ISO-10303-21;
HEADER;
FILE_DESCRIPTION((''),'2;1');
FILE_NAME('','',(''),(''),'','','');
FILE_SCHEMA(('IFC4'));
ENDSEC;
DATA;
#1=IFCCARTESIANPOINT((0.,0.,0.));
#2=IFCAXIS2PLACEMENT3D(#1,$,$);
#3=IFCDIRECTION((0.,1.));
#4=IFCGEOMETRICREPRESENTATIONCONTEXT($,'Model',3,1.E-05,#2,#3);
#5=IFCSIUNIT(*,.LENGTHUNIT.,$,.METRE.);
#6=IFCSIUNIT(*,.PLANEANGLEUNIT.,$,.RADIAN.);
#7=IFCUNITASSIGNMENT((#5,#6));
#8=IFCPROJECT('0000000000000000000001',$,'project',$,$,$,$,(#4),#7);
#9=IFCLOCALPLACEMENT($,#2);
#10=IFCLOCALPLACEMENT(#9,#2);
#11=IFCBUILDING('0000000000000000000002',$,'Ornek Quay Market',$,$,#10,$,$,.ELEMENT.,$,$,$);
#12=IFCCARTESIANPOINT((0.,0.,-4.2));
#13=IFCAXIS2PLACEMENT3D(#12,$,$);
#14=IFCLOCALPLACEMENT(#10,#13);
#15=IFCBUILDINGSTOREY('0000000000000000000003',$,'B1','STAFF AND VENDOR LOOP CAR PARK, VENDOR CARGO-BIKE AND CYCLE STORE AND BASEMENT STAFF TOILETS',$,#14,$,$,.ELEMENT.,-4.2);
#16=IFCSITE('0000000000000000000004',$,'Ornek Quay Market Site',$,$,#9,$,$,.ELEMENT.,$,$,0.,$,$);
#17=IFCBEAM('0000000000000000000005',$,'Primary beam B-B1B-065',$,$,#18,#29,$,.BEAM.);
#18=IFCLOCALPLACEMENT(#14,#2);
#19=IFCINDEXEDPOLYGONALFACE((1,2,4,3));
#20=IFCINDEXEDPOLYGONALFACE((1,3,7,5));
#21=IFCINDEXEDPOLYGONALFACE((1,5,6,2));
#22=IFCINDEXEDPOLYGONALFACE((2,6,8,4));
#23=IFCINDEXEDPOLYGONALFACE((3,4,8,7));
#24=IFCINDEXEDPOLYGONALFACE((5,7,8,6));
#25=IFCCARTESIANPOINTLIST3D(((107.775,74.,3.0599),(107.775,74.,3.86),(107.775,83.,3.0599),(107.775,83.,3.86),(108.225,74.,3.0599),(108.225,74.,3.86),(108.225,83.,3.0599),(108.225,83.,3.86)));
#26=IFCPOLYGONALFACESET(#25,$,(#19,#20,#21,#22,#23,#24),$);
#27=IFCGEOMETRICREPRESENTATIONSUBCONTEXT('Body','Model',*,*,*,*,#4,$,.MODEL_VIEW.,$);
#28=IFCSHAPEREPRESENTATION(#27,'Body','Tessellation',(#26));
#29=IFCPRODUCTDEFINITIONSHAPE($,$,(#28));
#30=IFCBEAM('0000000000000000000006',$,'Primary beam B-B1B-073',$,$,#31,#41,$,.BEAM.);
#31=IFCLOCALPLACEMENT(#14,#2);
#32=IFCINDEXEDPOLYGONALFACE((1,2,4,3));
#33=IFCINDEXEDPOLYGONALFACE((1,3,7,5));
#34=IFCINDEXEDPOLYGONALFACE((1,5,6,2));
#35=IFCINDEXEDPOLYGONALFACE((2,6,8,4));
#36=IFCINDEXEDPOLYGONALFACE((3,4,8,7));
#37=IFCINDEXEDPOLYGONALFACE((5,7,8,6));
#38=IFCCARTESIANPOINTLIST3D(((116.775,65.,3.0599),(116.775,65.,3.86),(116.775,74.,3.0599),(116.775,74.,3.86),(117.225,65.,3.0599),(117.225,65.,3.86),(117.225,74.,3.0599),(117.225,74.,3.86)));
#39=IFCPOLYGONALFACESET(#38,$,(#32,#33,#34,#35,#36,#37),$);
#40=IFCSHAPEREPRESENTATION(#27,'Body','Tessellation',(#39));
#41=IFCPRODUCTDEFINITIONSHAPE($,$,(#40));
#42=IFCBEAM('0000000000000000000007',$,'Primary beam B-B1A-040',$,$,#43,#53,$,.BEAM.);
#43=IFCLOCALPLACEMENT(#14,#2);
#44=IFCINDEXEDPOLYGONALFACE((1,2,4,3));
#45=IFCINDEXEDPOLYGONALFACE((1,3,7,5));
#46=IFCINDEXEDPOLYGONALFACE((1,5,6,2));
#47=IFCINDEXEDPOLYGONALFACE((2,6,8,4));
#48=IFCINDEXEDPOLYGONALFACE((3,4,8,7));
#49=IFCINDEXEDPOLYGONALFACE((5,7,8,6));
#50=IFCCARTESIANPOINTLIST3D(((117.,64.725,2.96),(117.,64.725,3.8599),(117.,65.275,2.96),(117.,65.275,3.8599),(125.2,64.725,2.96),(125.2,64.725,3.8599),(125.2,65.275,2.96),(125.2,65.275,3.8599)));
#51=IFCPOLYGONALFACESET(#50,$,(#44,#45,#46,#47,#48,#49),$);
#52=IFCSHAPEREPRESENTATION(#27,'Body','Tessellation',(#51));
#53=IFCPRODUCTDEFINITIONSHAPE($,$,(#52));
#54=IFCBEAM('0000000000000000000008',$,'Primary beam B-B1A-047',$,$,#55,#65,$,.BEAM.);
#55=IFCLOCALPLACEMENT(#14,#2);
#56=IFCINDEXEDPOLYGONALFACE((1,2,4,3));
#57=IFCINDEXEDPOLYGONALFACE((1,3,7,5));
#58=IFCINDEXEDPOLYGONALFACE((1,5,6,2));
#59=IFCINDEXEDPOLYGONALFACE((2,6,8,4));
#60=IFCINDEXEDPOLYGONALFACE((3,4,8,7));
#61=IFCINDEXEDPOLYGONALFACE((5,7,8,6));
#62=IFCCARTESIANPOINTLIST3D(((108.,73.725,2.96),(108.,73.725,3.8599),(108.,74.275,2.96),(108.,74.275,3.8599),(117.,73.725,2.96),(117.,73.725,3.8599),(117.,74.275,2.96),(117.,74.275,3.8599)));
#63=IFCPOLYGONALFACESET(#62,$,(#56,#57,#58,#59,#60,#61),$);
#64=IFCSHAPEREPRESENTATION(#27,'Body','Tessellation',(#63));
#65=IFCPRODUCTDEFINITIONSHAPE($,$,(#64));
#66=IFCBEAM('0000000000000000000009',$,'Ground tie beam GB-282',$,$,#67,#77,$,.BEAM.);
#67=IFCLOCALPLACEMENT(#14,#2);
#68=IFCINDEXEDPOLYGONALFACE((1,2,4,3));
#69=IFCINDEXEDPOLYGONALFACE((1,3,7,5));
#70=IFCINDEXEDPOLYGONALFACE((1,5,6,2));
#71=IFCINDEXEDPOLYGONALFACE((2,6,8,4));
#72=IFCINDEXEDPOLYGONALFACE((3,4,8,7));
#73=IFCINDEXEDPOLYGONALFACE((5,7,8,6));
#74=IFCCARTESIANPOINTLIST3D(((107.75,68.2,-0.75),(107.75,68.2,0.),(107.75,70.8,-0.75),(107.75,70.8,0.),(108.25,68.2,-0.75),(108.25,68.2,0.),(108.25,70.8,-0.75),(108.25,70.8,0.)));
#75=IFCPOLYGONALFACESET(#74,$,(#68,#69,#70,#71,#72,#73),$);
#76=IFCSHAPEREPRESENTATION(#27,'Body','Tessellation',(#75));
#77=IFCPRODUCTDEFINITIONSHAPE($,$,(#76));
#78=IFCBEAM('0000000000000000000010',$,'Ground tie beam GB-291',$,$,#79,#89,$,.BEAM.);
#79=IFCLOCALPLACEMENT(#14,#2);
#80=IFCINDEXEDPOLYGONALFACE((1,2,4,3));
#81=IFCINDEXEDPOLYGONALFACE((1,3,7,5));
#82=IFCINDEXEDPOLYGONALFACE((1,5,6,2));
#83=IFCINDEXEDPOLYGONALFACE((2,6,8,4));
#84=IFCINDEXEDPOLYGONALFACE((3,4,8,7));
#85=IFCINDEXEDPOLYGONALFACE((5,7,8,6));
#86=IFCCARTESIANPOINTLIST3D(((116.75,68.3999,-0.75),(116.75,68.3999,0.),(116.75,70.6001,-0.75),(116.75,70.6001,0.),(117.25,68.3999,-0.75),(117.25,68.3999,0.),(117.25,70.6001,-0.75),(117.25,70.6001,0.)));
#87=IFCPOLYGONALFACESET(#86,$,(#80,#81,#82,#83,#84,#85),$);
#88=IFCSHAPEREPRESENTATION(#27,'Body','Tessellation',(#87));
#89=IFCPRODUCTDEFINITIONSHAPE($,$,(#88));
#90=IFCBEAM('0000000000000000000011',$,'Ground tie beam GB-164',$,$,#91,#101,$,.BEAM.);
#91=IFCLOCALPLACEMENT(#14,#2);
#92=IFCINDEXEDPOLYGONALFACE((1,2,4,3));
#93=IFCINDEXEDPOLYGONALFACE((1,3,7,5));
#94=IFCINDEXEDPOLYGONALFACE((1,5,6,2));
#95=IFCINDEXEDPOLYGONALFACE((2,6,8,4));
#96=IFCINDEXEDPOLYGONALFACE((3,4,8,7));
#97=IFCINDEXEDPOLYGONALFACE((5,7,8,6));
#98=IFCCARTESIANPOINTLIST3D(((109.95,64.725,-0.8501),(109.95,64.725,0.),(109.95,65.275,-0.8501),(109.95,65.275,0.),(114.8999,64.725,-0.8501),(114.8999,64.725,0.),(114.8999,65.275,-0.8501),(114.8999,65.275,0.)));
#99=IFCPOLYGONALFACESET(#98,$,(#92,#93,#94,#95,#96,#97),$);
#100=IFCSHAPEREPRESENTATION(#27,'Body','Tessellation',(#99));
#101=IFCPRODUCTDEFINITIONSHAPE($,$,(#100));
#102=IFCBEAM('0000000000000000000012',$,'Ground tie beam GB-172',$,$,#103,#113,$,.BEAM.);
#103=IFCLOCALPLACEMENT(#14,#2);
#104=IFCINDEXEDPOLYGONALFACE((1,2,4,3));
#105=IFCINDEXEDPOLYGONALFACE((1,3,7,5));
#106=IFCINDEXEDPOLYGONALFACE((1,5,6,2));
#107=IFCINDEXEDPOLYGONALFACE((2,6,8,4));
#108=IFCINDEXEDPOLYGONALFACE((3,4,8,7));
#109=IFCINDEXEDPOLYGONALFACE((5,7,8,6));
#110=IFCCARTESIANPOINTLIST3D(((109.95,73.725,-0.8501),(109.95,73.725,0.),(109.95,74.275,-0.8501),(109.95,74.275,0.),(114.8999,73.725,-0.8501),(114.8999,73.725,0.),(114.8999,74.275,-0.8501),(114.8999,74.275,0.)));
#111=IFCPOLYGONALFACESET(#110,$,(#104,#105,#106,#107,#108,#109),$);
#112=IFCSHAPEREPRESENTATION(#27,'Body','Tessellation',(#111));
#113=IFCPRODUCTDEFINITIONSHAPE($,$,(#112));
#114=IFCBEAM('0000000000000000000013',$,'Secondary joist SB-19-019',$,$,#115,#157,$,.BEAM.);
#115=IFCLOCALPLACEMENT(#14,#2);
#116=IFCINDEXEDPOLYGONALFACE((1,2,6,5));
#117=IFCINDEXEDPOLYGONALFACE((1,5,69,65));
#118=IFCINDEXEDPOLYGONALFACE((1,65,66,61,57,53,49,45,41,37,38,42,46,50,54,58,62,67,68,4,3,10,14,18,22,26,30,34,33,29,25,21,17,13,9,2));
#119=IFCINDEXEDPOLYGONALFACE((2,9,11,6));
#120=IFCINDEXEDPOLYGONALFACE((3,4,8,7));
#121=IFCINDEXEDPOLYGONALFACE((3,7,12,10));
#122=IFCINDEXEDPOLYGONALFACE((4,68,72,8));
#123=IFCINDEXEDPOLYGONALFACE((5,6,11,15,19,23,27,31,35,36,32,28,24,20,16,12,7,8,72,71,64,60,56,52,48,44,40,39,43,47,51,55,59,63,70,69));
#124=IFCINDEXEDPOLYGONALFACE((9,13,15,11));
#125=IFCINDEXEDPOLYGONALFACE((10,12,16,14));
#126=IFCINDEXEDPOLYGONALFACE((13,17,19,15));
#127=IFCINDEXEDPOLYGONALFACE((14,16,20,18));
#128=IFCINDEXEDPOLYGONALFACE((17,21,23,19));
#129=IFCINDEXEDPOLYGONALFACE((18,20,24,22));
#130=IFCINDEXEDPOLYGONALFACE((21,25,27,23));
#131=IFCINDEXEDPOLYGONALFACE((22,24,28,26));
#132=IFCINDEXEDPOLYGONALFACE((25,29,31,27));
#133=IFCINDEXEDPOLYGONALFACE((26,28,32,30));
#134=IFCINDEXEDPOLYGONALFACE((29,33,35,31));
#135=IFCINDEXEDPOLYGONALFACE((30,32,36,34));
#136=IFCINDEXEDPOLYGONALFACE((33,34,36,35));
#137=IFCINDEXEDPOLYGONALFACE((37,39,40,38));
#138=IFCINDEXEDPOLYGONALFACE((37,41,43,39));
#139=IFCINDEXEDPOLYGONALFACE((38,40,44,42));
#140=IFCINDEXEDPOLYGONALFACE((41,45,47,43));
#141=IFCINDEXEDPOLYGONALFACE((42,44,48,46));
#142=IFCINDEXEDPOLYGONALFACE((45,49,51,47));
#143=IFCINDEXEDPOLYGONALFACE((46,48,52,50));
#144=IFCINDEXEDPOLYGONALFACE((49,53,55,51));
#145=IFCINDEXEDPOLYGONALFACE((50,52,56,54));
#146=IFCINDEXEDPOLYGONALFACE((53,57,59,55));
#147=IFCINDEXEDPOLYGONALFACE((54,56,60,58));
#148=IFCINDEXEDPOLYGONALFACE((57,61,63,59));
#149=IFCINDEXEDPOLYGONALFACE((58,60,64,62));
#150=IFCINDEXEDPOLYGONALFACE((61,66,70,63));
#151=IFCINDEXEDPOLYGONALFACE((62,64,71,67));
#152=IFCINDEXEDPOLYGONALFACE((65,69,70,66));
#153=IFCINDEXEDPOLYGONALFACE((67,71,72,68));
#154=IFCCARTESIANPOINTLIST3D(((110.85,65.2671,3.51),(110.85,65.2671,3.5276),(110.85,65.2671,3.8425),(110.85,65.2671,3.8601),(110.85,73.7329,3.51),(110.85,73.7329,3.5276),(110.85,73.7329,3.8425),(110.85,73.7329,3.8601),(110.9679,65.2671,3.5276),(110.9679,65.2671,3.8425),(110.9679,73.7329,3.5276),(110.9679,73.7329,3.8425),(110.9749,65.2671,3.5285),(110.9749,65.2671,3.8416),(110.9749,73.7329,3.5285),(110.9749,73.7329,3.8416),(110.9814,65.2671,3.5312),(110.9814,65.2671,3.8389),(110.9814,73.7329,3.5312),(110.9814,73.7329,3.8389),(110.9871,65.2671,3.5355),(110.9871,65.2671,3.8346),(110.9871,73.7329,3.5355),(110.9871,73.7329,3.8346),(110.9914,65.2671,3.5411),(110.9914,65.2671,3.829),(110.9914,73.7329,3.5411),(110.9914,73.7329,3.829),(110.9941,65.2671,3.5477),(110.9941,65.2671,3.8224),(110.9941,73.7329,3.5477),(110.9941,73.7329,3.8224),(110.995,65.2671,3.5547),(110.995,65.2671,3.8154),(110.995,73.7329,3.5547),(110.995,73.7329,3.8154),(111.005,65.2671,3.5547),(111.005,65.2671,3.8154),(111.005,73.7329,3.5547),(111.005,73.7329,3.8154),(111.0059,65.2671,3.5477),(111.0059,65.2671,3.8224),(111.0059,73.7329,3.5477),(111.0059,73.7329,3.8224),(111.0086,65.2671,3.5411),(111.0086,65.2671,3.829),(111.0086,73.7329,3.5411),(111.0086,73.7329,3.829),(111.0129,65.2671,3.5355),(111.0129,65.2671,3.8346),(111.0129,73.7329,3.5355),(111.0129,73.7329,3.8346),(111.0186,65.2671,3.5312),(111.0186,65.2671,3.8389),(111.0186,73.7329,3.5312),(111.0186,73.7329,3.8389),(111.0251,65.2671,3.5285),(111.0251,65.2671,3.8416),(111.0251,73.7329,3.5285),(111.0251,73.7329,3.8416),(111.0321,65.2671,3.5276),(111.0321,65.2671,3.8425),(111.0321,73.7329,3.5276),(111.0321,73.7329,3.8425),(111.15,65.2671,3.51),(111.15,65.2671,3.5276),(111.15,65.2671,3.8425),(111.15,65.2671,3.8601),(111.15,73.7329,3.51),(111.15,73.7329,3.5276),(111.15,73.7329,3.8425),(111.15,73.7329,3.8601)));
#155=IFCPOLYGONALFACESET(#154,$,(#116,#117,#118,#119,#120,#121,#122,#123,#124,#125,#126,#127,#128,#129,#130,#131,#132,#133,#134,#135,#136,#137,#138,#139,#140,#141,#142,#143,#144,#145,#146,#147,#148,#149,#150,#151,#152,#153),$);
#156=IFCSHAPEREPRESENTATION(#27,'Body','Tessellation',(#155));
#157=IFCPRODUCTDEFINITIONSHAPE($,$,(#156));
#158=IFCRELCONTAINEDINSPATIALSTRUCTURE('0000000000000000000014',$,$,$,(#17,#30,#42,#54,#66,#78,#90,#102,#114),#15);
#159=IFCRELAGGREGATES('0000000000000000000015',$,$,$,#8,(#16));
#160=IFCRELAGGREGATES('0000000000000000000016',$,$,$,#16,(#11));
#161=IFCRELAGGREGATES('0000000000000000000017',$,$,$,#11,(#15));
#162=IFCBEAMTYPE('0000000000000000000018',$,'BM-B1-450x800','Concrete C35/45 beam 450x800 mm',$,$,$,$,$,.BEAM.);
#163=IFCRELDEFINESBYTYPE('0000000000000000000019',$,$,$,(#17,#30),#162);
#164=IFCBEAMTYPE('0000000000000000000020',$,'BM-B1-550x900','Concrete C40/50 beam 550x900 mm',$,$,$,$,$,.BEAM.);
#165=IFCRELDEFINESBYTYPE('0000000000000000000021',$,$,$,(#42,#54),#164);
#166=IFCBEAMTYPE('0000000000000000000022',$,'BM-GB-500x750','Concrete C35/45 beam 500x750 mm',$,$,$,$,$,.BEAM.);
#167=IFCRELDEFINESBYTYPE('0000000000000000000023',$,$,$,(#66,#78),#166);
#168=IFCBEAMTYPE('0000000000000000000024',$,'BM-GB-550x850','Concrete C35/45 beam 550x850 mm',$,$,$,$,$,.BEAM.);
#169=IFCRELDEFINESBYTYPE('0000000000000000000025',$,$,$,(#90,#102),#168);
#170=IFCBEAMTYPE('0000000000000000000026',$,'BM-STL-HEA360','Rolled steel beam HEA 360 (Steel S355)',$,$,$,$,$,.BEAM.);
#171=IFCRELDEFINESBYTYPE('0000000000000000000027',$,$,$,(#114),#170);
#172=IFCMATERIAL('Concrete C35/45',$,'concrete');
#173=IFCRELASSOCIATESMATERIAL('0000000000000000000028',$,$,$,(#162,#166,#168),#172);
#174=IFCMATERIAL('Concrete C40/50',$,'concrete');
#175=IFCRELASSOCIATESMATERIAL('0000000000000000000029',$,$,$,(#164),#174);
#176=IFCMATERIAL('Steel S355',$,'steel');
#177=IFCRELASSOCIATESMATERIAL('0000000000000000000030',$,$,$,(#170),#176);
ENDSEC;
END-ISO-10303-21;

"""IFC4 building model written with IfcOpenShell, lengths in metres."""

from ifc_helpers import new_model, si_unit, direction, frame, origin, origin_2d, place, context, subcontext, project, spatial, rectangle, i_section, extrude, material, material_profile, profile_set, type_object, element, save


model = new_model("IFC4")

# Units and contexts
model_context = context("Model", 3, precision=1e-05, world=origin(), true_north=direction((0.0, 1.0)))
body_context = subcontext(model_context, "Body", "Model", "MODEL_VIEW")
ifc_project = project(units=[si_unit("LENGTHUNIT", "METRE"), si_unit("PLANEANGLEUNIT", "RADIAN")], contexts=[model_context])

# Site, building, storey
site_placement = place(None, origin())
site = spatial("IfcSite", under=ifc_project, at=site_placement, Name="Ornek Quay Market Site", CompositionType="ELEMENT", RefElevation=0.0)
building_placement = place(site_placement, origin())
building = spatial("IfcBuilding", under=site, at=building_placement, Name="Ornek Quay Market", CompositionType="ELEMENT")
storey_placement = place(building_placement, frame((0.0, 0.0, -4.2)))
storey = spatial("IfcBuildingStorey", under=building, at=storey_placement, Name="B1", Description="STAFF AND VENDOR LOOP CAR PARK, VENDOR CARGO-BIKE AND CYCLE STORE AND BASEMENT STAFF TOILETS", CompositionType="ELEMENT", Elevation=-4.2)

# Shared definitions
ifc_material_1 = material(Name="Concrete C35/45", Category="concrete")

# Shared definitions
ifc_material_2 = material(Name="Concrete C40/50", Category="concrete")

# Beams
ifc_material_profile_1 = material_profile(ifc_material_1, rectangle(XDim=0.45, YDim=0.8, at=origin_2d()), Name="RC 450x800", Category="concrete")
ifc_profile_set_1 = profile_set([ifc_material_profile_1], Name="Concrete C35/45")
beam_type_1 = type_object("IfcBeamType", Name="BM-B1-450x800", Description="Concrete C35/45 beam 450x800 mm", PredefinedType="BEAM", material=ifc_profile_set_1)
for number, where, z_axis, x_axis, name in (
    (1, (108.0, 74.0, 3.46), (0.0, 1.0, 0.0), (-1.0, 0.0, 0.0), "Primary beam B-B1B-065"),
    (2, (117.0, 65.0, 3.46), (0.0, 1.0, 0.0), (-1.0, 0.0, 0.0), "Primary beam B-B1B-073"),
):
    element("IfcBeam", number, at=place(storey_placement, frame(where, z_axis=z_axis, x_axis=x_axis)), inside=storey, type_object=beam_type_1, Name=name, PredefinedType="BEAM", context=body_context, shape_type="SweptSolid", body=[
        extrude(rectangle(XDim=0.45, YDim=0.8, at=origin_2d()), origin(), (0.0, 0.0, 1.0), 9.0),
    ])
ifc_material_profile_2 = material_profile(ifc_material_2, rectangle(XDim=0.55, YDim=0.8999, at=origin_2d()), Name="RC 550x900", Category="concrete")
ifc_profile_set_2 = profile_set([ifc_material_profile_2], Name="Concrete C40/50")
beam_type_2 = type_object("IfcBeamType", Name="BM-B1-550x900", Description="Concrete C40/50 beam 550x900 mm", PredefinedType="BEAM", material=ifc_profile_set_2)
beam_1_placement = place(storey_placement, frame((117.0, 65.0, 3.4099), z_axis=(1.0, 0.0, 0.0), x_axis=(0.0, 1.0, 0.0)))
element("IfcBeam", 3, at=beam_1_placement, inside=storey, type_object=beam_type_2, Name="Primary beam B-B1A-040", PredefinedType="BEAM", context=body_context, shape_type="SweptSolid", body=[
    extrude(rectangle(XDim=0.55, YDim=0.8999, at=origin_2d()), origin(), (0.0, 0.0, 1.0), 8.2),
])
beam_2_placement = place(storey_placement, frame((108.0, 74.0, 3.4099), z_axis=(1.0, 0.0, 0.0), x_axis=(0.0, 1.0, 0.0)))
element("IfcBeam", 4, at=beam_2_placement, inside=storey, type_object=beam_type_2, Name="Primary beam B-B1A-047", PredefinedType="BEAM", context=body_context, shape_type="SweptSolid", body=[
    extrude(rectangle(XDim=0.55, YDim=0.8999, at=origin_2d()), origin(), (0.0, 0.0, 1.0), 9.0),
])
ifc_material_profile_3 = material_profile(ifc_material_1, rectangle(XDim=0.5, YDim=0.75, at=origin_2d()), Name="RC 500x750", Category="concrete")
ifc_profile_set_3 = profile_set([ifc_material_profile_3], Name="Concrete C35/45")
beam_type_3 = type_object("IfcBeamType", Name="BM-GB-500x750", Description="Concrete C35/45 beam 500x750 mm", PredefinedType="BEAM", material=ifc_profile_set_3)
beam_3_placement = place(storey_placement, frame((108.0, 68.2, -0.375), z_axis=(0.0, 1.0, 0.0), x_axis=(-1.0, 0.0, 0.0)))
element("IfcBeam", 5, at=beam_3_placement, inside=storey, type_object=beam_type_3, Name="Ground tie beam GB-282", PredefinedType="BEAM", context=body_context, shape_type="SweptSolid", body=[
    extrude(rectangle(XDim=0.5, YDim=0.75, at=origin_2d()), origin(), (0.0, 0.0, 1.0), 2.6001),
])
beam_4_placement = place(storey_placement, frame((117.0, 68.3999, -0.375), z_axis=(0.0, 1.0, 0.0), x_axis=(-1.0, 0.0, 0.0)))
element("IfcBeam", 6, at=beam_4_placement, inside=storey, type_object=beam_type_3, Name="Ground tie beam GB-291", PredefinedType="BEAM", context=body_context, shape_type="SweptSolid", body=[
    extrude(rectangle(XDim=0.5, YDim=0.75, at=origin_2d()), origin(), (0.0, 0.0, 1.0), 2.2002),
])
ifc_material_profile_4 = material_profile(ifc_material_1, rectangle(XDim=0.55, YDim=0.8501, at=origin_2d()), Name="RC 550x850", Category="concrete")
ifc_profile_set_4 = profile_set([ifc_material_profile_4], Name="Concrete C35/45")
beam_type_4 = type_object("IfcBeamType", Name="BM-GB-550x850", Description="Concrete C35/45 beam 550x850 mm", PredefinedType="BEAM", material=ifc_profile_set_4)
for number, where, z_axis, x_axis, name in (
    (7, (109.95, 65.0, -0.425), (1.0, 0.0, 0.0), (0.0, 1.0, 0.0), "Ground tie beam GB-164"),
    (8, (109.95, 74.0, -0.425), (1.0, 0.0, 0.0), (0.0, 1.0, 0.0), "Ground tie beam GB-172"),
):
    element("IfcBeam", number, at=place(storey_placement, frame(where, z_axis=z_axis, x_axis=x_axis)), inside=storey, type_object=beam_type_4, Name=name, PredefinedType="BEAM", context=body_context, shape_type="SweptSolid", body=[
        extrude(rectangle(XDim=0.55, YDim=0.8501, at=origin_2d()), origin(), (0.0, 0.0, 1.0), 4.95),
    ])
ifc_material_3 = material(Name="Steel S355", Category="steel")
ifc_material_profile_5 = material_profile(ifc_material_3, i_section(OverallWidth=0.3, OverallDepth=0.3501, WebThickness=0.01, FlangeThickness=0.0176, FilletRadius=0.0271, at=origin_2d()), Name="HEA 360", Category="steel")
ifc_profile_set_5 = profile_set([ifc_material_profile_5], Name="Steel S355")
beam_type_5 = type_object("IfcBeamType", Name="BM-STL-HEA360", Description="Rolled steel beam HEA 360 (Steel S355)", PredefinedType="BEAM", material=ifc_profile_set_5)
for number, where, z_axis, x_axis, name in (
    (9, (111.0, 65.2671, 3.6851), (0.0, 1.0, 0.0), (-1.0, 0.0, 0.0), "Secondary joist SB-19-019"),
):
    element("IfcBeam", number, at=place(storey_placement, frame(where, z_axis=z_axis, x_axis=x_axis)), inside=storey, type_object=beam_type_5, Name=name, PredefinedType="BEAM", context=body_context, shape_type="SweptSolid", body=[
        extrude(i_section(OverallWidth=0.3, OverallDepth=0.3501, WebThickness=0.01, FlangeThickness=0.0176, FilletRadius=0.0271, at=origin_2d()), origin(), (0.0, 0.0, 1.0), 8.4658),
    ])

save(model, "model.ifc")
